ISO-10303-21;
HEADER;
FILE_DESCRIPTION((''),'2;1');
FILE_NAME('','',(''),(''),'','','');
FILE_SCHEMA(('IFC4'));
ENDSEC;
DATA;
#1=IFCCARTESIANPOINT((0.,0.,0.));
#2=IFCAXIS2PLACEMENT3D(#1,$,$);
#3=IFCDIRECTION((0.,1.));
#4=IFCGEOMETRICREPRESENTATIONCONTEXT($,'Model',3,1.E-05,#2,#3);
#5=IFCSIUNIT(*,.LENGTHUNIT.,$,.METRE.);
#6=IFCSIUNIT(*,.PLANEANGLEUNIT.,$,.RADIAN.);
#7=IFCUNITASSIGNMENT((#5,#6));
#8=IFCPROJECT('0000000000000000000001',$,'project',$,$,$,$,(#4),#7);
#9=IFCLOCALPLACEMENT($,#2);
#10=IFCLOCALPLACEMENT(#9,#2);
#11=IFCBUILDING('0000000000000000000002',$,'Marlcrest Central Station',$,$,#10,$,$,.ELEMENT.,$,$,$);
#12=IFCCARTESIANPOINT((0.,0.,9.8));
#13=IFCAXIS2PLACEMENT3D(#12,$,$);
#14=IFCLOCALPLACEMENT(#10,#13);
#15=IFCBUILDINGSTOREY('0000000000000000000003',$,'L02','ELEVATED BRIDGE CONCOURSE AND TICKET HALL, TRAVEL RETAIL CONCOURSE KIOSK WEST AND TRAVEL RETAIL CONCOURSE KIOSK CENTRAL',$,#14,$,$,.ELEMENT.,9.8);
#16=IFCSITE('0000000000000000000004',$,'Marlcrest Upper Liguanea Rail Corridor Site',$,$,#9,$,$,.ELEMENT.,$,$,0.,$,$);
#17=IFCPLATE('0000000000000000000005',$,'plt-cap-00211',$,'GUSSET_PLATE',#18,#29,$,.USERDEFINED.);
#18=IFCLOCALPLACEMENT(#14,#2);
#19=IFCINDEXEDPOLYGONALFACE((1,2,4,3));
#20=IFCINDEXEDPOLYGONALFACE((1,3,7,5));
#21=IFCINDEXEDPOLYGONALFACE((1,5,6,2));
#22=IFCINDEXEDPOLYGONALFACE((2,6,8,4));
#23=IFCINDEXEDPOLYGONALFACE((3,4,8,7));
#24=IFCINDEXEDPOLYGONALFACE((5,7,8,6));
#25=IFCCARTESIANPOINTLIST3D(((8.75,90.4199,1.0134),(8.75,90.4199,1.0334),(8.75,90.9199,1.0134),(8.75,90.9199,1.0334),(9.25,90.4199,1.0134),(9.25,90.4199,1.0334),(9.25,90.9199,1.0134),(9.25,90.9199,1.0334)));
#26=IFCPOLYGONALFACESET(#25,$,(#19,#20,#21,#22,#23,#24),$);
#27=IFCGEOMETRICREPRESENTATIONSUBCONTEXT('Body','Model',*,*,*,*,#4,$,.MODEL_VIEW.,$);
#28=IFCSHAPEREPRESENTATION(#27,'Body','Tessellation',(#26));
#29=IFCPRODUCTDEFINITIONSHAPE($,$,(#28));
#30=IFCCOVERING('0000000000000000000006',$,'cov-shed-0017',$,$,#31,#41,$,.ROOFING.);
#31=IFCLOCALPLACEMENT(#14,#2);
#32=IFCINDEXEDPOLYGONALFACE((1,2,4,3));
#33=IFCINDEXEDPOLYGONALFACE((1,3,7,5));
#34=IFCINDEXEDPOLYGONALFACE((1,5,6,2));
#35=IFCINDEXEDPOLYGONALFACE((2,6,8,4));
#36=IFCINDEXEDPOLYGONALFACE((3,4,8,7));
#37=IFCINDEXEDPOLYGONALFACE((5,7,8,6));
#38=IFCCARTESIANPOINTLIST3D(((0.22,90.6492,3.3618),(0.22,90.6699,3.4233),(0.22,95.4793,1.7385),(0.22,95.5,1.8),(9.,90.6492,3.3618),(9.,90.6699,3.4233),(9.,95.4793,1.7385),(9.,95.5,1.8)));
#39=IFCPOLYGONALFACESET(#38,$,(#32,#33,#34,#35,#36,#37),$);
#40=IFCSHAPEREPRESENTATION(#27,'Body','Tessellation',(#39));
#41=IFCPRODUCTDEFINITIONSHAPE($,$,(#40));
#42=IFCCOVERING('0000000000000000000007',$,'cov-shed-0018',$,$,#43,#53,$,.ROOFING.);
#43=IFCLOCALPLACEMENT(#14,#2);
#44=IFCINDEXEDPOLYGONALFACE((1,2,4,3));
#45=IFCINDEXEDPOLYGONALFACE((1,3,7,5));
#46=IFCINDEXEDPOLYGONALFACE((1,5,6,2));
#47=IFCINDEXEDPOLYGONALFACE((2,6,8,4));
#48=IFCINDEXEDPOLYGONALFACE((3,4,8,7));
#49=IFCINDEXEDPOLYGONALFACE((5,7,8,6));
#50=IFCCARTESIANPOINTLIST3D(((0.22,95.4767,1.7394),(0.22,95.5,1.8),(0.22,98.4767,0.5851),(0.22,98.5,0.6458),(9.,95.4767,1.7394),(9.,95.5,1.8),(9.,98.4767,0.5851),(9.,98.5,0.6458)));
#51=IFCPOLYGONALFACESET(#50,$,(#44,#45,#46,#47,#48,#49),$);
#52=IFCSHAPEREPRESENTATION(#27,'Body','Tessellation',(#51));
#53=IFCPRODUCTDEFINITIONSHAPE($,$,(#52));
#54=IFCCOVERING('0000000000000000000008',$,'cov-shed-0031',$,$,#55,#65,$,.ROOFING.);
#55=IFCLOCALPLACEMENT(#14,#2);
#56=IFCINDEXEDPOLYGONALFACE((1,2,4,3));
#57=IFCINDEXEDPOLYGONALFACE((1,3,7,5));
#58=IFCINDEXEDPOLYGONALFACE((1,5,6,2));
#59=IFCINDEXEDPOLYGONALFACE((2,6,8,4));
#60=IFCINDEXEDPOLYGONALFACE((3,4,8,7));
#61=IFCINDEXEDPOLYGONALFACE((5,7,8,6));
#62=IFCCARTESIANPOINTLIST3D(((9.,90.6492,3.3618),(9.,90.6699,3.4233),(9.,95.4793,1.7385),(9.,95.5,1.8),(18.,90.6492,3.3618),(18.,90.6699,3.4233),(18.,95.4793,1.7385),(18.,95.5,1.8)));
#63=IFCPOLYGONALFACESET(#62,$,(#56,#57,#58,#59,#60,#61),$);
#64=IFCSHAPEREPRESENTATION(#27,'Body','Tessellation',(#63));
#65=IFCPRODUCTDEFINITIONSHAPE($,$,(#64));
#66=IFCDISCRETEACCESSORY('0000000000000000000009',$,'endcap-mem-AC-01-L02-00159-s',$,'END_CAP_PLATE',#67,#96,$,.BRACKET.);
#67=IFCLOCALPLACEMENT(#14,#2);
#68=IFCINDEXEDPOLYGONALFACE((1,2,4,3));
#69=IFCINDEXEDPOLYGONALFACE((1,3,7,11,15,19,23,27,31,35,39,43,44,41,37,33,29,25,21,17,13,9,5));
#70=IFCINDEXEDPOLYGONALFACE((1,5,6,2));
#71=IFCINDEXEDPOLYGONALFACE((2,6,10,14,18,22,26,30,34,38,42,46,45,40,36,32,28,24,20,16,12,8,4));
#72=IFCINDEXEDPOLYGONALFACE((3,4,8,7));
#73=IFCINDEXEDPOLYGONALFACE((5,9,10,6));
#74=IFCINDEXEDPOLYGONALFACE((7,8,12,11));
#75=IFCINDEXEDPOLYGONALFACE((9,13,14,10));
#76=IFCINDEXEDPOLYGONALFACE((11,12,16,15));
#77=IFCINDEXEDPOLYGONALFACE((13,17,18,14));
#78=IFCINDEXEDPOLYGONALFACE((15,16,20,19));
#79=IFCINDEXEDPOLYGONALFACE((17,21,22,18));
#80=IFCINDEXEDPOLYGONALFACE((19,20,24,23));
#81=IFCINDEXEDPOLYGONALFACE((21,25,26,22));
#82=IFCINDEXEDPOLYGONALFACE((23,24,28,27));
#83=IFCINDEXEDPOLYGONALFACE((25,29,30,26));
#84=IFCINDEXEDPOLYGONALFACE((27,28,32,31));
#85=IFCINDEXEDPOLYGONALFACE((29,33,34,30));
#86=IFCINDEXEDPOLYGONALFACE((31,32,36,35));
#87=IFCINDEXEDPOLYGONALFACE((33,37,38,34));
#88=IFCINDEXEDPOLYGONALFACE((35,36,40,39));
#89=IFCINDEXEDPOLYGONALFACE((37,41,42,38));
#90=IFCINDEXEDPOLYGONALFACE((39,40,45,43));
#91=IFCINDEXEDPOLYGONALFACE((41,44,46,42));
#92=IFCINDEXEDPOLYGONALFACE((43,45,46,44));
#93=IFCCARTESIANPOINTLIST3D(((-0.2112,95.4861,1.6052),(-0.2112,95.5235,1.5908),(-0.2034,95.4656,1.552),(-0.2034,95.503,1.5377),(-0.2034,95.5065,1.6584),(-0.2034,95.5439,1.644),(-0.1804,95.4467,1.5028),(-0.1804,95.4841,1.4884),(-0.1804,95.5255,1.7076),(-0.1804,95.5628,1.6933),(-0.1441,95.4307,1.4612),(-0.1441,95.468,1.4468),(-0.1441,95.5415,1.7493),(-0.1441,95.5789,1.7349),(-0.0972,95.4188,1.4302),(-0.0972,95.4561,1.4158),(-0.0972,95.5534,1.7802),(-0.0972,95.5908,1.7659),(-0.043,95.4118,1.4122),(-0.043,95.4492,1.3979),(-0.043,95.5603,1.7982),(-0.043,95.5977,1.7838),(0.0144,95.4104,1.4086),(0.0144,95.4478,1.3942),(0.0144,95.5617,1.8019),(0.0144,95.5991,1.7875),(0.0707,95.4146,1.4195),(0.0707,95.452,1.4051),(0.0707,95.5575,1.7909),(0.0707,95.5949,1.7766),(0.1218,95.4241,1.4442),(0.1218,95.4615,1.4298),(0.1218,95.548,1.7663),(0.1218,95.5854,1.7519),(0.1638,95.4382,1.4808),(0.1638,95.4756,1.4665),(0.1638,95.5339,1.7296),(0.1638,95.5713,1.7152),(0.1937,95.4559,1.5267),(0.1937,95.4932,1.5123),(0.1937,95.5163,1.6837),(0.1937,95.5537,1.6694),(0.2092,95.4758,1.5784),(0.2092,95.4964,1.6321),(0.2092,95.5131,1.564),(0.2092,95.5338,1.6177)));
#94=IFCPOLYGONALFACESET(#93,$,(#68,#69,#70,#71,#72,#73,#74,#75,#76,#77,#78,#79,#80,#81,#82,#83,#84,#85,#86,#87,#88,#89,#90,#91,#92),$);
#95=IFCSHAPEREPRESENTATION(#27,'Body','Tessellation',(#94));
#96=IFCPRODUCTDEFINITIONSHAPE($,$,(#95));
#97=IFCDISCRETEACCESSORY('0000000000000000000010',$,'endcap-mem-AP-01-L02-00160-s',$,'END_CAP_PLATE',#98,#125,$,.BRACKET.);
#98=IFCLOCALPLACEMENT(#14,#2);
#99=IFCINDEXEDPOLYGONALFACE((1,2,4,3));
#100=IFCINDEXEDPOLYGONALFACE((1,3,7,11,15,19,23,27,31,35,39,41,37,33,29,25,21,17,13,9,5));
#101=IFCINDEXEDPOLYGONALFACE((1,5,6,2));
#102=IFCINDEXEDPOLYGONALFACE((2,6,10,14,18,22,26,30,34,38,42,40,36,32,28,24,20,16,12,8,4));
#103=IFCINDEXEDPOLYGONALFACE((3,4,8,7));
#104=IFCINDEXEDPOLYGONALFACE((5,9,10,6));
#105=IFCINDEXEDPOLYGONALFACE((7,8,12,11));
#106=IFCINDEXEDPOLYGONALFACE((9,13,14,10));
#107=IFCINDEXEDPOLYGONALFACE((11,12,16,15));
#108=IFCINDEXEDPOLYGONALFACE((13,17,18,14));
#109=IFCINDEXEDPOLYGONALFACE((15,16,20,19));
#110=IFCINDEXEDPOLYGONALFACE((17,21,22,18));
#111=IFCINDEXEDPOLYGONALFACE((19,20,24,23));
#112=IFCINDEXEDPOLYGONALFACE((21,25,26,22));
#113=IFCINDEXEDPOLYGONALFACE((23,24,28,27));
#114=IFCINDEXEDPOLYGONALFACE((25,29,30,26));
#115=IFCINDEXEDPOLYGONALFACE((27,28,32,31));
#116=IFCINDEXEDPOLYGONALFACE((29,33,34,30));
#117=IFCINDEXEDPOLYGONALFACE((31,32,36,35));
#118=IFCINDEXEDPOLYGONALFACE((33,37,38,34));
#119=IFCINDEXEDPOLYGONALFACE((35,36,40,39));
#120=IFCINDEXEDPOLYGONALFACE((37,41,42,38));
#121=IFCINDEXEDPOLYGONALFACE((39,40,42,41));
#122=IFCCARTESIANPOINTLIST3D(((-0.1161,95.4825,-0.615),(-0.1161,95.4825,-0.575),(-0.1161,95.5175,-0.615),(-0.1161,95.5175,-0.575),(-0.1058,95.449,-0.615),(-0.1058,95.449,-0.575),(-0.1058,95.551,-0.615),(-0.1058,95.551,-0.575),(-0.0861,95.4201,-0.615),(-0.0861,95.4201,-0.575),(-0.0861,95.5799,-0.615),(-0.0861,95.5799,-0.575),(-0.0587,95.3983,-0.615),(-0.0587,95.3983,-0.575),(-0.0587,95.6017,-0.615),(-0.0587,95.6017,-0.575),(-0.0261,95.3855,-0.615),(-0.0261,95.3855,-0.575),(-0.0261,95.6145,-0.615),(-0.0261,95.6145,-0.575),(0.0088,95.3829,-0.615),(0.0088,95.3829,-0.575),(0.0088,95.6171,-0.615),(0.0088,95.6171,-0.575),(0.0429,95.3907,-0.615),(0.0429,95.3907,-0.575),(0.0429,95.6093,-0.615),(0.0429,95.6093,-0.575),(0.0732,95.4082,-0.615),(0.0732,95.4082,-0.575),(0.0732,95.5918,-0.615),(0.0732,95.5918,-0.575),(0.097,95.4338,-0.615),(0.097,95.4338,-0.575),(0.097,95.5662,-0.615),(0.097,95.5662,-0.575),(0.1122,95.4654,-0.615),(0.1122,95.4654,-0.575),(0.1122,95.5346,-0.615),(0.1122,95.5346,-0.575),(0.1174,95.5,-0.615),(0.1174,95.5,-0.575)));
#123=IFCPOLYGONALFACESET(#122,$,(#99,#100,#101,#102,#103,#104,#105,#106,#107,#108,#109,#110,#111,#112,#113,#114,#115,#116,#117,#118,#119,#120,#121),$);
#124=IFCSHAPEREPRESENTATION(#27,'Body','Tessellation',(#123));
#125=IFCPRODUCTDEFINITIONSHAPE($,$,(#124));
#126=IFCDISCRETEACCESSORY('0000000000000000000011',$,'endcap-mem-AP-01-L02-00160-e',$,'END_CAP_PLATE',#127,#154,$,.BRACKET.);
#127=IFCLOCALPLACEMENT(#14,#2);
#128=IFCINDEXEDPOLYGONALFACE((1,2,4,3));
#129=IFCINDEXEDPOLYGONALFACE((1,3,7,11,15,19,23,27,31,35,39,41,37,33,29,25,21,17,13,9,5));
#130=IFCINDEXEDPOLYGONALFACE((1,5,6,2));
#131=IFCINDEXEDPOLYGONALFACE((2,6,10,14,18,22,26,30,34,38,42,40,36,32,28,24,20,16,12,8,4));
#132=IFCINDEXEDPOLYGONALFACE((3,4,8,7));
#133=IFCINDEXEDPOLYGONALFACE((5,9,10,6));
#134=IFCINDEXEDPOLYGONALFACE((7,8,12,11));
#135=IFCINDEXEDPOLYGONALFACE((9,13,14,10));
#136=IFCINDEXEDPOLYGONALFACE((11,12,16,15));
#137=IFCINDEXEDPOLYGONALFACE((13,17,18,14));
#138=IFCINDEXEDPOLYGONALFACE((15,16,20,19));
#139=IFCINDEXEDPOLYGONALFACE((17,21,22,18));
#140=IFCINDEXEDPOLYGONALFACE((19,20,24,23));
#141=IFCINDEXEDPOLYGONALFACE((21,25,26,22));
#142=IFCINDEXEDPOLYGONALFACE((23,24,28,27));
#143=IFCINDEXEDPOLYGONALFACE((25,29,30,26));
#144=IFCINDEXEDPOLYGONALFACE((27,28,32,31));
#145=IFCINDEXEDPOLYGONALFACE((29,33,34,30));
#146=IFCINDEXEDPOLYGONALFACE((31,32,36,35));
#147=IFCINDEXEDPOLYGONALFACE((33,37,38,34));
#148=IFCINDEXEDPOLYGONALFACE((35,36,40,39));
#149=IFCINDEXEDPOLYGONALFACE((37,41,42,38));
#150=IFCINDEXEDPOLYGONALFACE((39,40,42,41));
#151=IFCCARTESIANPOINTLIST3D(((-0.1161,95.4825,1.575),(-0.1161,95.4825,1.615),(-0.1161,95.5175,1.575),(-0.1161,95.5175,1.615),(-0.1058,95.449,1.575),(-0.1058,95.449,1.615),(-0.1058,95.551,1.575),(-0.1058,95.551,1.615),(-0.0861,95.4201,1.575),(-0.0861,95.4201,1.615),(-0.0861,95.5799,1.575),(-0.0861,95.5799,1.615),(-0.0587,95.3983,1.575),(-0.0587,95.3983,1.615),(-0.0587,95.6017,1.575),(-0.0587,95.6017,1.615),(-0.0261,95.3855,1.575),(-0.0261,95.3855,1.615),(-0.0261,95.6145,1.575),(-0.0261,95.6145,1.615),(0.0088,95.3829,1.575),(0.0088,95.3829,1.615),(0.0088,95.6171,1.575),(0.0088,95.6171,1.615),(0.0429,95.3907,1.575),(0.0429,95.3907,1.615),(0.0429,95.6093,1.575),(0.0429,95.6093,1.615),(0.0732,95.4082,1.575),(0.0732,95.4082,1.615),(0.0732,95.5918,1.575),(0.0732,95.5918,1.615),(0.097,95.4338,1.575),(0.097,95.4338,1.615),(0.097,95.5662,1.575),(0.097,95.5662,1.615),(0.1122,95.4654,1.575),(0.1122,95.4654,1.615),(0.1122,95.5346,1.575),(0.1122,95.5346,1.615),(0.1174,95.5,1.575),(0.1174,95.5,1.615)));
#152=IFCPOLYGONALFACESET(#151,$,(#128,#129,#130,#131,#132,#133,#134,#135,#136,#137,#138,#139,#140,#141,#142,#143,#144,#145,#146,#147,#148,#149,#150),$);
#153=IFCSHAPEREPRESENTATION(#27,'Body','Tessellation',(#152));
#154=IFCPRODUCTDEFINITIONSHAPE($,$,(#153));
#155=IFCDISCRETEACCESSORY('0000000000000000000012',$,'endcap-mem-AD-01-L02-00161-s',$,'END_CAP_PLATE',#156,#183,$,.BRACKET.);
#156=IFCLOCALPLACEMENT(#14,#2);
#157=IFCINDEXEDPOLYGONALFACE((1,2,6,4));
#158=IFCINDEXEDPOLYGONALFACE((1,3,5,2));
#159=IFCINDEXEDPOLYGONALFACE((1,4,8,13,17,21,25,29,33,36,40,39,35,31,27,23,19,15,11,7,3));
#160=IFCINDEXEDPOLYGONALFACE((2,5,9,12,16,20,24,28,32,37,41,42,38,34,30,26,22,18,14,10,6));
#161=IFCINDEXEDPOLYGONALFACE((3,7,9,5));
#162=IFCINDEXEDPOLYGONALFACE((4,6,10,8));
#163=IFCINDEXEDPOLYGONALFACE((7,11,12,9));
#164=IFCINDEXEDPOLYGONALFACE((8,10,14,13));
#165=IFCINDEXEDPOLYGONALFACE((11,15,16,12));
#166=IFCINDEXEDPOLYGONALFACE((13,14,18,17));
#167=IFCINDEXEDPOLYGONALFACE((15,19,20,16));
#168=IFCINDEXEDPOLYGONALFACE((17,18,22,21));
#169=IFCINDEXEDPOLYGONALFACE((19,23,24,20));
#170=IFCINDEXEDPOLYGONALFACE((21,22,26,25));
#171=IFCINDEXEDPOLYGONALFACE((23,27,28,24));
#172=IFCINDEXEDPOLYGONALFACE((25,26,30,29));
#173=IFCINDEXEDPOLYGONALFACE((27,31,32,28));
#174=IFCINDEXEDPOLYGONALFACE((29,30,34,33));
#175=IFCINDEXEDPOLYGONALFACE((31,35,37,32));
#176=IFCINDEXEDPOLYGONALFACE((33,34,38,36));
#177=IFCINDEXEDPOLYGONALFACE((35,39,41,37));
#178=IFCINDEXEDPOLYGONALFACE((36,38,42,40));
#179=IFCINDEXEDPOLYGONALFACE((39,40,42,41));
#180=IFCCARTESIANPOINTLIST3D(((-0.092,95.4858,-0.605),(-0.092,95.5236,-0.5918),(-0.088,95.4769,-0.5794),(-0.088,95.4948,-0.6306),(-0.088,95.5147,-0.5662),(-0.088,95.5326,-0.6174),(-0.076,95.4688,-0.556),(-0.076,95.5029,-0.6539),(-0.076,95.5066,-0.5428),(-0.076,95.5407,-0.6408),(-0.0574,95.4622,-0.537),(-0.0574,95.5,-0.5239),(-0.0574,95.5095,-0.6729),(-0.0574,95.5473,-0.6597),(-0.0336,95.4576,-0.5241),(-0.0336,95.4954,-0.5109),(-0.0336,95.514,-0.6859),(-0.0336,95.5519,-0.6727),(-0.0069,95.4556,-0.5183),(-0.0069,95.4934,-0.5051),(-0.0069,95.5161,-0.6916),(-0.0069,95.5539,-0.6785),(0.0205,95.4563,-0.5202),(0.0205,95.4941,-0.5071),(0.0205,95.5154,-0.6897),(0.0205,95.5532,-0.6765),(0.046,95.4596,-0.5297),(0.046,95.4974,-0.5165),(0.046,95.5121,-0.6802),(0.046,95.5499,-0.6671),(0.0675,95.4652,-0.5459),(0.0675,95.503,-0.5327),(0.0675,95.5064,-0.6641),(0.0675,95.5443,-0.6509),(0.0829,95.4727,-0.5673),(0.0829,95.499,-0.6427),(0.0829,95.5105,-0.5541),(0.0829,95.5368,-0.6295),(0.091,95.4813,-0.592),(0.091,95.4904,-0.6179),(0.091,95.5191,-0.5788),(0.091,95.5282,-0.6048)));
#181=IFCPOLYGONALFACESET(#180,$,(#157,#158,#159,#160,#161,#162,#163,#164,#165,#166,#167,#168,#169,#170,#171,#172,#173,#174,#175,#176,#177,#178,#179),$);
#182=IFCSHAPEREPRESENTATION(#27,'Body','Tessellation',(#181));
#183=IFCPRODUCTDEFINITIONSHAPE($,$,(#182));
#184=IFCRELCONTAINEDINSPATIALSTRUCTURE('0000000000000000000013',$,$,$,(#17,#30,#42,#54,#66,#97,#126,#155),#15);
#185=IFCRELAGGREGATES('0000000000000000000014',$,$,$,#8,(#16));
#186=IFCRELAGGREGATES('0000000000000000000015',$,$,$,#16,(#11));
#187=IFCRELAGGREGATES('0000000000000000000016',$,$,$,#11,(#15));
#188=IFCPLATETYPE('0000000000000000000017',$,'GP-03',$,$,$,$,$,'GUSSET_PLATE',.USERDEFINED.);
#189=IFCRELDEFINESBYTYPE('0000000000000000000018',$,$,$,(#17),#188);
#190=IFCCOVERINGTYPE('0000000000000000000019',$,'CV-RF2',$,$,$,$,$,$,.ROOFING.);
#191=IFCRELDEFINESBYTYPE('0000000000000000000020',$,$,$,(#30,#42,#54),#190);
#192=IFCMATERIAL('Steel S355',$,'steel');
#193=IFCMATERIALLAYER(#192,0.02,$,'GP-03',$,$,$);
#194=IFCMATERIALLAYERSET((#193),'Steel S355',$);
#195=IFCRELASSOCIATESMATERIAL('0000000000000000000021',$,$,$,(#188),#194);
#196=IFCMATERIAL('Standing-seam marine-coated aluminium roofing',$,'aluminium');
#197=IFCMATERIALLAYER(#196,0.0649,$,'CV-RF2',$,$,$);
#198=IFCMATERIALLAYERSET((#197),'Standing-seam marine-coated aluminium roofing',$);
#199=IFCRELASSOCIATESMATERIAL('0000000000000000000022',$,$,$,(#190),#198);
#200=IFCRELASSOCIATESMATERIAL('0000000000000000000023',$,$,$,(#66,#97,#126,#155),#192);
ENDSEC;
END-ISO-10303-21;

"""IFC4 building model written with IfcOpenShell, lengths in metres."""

from ifc_helpers import new_model, si_unit, direction, frame, origin, origin_2d, place, context, subcontext, project, spatial, polyline, rectangle, circle, outline, extrude, material, layer, layer_set, type_object, element, save


model = new_model("IFC4")

# Units and contexts
model_context = context("Model", 3, precision=1e-05, world=origin(), true_north=direction((0.0, 1.0)))
body_context = subcontext(model_context, "Body", "Model", "MODEL_VIEW")
ifc_project = project(units=[si_unit("LENGTHUNIT", "METRE"), si_unit("PLANEANGLEUNIT", "RADIAN")], contexts=[model_context])

# Site, building, storey
site_placement = place(None, origin())
site = spatial("IfcSite", under=ifc_project, at=site_placement, Name="Marlcrest Upper Liguanea Rail Corridor Site", CompositionType="ELEMENT", RefElevation=0.0)
building_placement = place(site_placement, origin())
building = spatial("IfcBuilding", under=site, at=building_placement, Name="Marlcrest Central Station", CompositionType="ELEMENT")
storey_placement = place(building_placement, frame((0.0, 0.0, 9.8)))
storey = spatial("IfcBuildingStorey", under=building, at=storey_placement, Name="L02", Description="ELEVATED BRIDGE CONCOURSE AND TICKET HALL, TRAVEL RETAIL CONCOURSE KIOSK WEST AND TRAVEL RETAIL CONCOURSE KIOSK CENTRAL", CompositionType="ELEMENT", Elevation=9.8)

# Shared definitions
ifc_material_1 = material(Name="Steel S355", Category="steel")

# Plate
ifc_layer_1 = layer(ifc_material_1, 0.02, Name="GP-03")
ifc_layer_set_1 = layer_set([ifc_layer_1], Name="Steel S355")
plate_type = type_object("IfcPlateType", Name="GP-03", ElementType="GUSSET_PLATE", PredefinedType="USERDEFINED", material=ifc_layer_set_1)
for number, where, z_axis, x_axis, name in (
    (1, (9.0, 90.6699, 1.0134), (0.0, 0.0, 1.0), (1.0, 0.0, 0.0), "plt-cap-00211"),
):
    element("IfcPlate", number, at=place(storey_placement, frame(where, z_axis=z_axis, x_axis=x_axis)), inside=storey, type_object=plate_type, Name=name, ObjectType="GUSSET_PLATE", PredefinedType="USERDEFINED", context=body_context, shape_type="SweptSolid", body=[
        extrude(rectangle(XDim=0.5, YDim=0.5, at=origin_2d()), origin(), (0.0, 0.0, 1.0), 0.02),
    ])

# Coverings
ifc_material_2 = material(Name="Standing-seam marine-coated aluminium roofing", Category="aluminium")
ifc_layer_2 = layer(ifc_material_2, 0.0649, Name="CV-RF2")
ifc_layer_set_2 = layer_set([ifc_layer_2], Name="Standing-seam marine-coated aluminium roofing")
covering_type = type_object("IfcCoveringType", Name="CV-RF2", PredefinedType="ROOFING", material=ifc_layer_set_2)
covering_1_placement = place(storey_placement, frame((0.22, 90.6699, 3.4233), z_axis=(0.0, 0.31857, 0.947899), x_axis=(1.0, 0.0, 0.0)))
element("IfcCovering", 2, at=covering_1_placement, inside=storey, type_object=covering_type, Name="cov-shed-0017", PredefinedType="ROOFING", context=body_context, shape_type="SweptSolid", body=[
    extrude(outline(polyline([(0.0, 0.0), (8.78, 0.0), (8.78, 5.0956), (0.0, 5.0956), (0.0, 0.0)])), origin(), (0.0, 0.0, -1.0), 0.0649),
])
covering_2_placement = place(storey_placement, frame((0.22, 95.5, 1.8), z_axis=(0.0, 0.359101, 0.933299), x_axis=(1.0, 0.0, 0.0)))
element("IfcCovering", 3, at=covering_2_placement, inside=storey, type_object=covering_type, Name="cov-shed-0018", PredefinedType="ROOFING", context=body_context, shape_type="SweptSolid", body=[
    extrude(outline(polyline([(0.0, 0.0), (8.78, 0.0), (8.78, 3.2144), (0.0, 3.2144), (0.0, 0.0)])), origin(), (0.0, 0.0, -1.0), 0.0649),
])
covering_3_placement = place(storey_placement, frame((9.0, 90.6699, 3.4233), z_axis=(0.0, 0.31857, 0.947899), x_axis=(1.0, 0.0, 0.0)))
element("IfcCovering", 4, at=covering_3_placement, inside=storey, type_object=covering_type, Name="cov-shed-0031", PredefinedType="ROOFING", context=body_context, shape_type="SweptSolid", body=[
    extrude(outline(polyline([(0.0, 0.0), (9.0, 0.0), (9.0, 5.0956), (0.0, 5.0956), (0.0, 0.0)])), origin(), (0.0, 0.0, -1.0), 0.0649),
])

# Discrete accessories
discrete_accessory_1_placement = place(storey_placement, frame((0.0, 95.4861, 1.6052), z_axis=(0.0, 0.933324, -0.359035), x_axis=(-1.0, 0.0, 0.0)))
element("IfcDiscreteAccessory", 5, at=discrete_accessory_1_placement, inside=storey, material=ifc_material_1, Name="endcap-mem-AC-01-L02-00159-s", ObjectType="END_CAP_PLATE", PredefinedType="BRACKET", context=body_context, shape_type="SweptSolid", body=[
    extrude(circle(Radius=0.2112, at=origin_2d()), origin(), (0.0, 0.0, 1.0), 0.04),
])
for number, where, z_axis, x_axis, name in (
    (6, (0.0, 95.5, -0.615), (0.0, 0.0, 1.0), (1.0, 0.0, 0.0), "endcap-mem-AP-01-L02-00160-s"),
    (7, (0.0, 95.5, 1.575), (0.0, 0.0, 1.0), (1.0, 0.0, 0.0), "endcap-mem-AP-01-L02-00160-e"),
):
    element("IfcDiscreteAccessory", number, at=place(storey_placement, frame(where, z_axis=z_axis, x_axis=x_axis)), inside=storey, material=ifc_material_1, Name=name, ObjectType="END_CAP_PLATE", PredefinedType="BRACKET", context=body_context, shape_type="SweptSolid", body=[
        extrude(circle(Radius=0.1174, at=origin_2d()), origin(), (0.0, 0.0, 1.0), 0.04),
    ])
discrete_accessory_2_placement = place(storey_placement, frame((0.0, 95.4858, -0.605), z_axis=(0.0, 0.94426, 0.3292), x_axis=(-1.0, 0.0, 0.0)))
element("IfcDiscreteAccessory", 8, at=discrete_accessory_2_placement, inside=storey, material=ifc_material_1, Name="endcap-mem-AD-01-L02-00161-s", ObjectType="END_CAP_PLATE", PredefinedType="BRACKET", context=body_context, shape_type="SweptSolid", body=[
    extrude(circle(Radius=0.092, at=origin_2d()), origin(), (0.0, 0.0, 1.0), 0.04),
])

save(model, "model.ifc")
